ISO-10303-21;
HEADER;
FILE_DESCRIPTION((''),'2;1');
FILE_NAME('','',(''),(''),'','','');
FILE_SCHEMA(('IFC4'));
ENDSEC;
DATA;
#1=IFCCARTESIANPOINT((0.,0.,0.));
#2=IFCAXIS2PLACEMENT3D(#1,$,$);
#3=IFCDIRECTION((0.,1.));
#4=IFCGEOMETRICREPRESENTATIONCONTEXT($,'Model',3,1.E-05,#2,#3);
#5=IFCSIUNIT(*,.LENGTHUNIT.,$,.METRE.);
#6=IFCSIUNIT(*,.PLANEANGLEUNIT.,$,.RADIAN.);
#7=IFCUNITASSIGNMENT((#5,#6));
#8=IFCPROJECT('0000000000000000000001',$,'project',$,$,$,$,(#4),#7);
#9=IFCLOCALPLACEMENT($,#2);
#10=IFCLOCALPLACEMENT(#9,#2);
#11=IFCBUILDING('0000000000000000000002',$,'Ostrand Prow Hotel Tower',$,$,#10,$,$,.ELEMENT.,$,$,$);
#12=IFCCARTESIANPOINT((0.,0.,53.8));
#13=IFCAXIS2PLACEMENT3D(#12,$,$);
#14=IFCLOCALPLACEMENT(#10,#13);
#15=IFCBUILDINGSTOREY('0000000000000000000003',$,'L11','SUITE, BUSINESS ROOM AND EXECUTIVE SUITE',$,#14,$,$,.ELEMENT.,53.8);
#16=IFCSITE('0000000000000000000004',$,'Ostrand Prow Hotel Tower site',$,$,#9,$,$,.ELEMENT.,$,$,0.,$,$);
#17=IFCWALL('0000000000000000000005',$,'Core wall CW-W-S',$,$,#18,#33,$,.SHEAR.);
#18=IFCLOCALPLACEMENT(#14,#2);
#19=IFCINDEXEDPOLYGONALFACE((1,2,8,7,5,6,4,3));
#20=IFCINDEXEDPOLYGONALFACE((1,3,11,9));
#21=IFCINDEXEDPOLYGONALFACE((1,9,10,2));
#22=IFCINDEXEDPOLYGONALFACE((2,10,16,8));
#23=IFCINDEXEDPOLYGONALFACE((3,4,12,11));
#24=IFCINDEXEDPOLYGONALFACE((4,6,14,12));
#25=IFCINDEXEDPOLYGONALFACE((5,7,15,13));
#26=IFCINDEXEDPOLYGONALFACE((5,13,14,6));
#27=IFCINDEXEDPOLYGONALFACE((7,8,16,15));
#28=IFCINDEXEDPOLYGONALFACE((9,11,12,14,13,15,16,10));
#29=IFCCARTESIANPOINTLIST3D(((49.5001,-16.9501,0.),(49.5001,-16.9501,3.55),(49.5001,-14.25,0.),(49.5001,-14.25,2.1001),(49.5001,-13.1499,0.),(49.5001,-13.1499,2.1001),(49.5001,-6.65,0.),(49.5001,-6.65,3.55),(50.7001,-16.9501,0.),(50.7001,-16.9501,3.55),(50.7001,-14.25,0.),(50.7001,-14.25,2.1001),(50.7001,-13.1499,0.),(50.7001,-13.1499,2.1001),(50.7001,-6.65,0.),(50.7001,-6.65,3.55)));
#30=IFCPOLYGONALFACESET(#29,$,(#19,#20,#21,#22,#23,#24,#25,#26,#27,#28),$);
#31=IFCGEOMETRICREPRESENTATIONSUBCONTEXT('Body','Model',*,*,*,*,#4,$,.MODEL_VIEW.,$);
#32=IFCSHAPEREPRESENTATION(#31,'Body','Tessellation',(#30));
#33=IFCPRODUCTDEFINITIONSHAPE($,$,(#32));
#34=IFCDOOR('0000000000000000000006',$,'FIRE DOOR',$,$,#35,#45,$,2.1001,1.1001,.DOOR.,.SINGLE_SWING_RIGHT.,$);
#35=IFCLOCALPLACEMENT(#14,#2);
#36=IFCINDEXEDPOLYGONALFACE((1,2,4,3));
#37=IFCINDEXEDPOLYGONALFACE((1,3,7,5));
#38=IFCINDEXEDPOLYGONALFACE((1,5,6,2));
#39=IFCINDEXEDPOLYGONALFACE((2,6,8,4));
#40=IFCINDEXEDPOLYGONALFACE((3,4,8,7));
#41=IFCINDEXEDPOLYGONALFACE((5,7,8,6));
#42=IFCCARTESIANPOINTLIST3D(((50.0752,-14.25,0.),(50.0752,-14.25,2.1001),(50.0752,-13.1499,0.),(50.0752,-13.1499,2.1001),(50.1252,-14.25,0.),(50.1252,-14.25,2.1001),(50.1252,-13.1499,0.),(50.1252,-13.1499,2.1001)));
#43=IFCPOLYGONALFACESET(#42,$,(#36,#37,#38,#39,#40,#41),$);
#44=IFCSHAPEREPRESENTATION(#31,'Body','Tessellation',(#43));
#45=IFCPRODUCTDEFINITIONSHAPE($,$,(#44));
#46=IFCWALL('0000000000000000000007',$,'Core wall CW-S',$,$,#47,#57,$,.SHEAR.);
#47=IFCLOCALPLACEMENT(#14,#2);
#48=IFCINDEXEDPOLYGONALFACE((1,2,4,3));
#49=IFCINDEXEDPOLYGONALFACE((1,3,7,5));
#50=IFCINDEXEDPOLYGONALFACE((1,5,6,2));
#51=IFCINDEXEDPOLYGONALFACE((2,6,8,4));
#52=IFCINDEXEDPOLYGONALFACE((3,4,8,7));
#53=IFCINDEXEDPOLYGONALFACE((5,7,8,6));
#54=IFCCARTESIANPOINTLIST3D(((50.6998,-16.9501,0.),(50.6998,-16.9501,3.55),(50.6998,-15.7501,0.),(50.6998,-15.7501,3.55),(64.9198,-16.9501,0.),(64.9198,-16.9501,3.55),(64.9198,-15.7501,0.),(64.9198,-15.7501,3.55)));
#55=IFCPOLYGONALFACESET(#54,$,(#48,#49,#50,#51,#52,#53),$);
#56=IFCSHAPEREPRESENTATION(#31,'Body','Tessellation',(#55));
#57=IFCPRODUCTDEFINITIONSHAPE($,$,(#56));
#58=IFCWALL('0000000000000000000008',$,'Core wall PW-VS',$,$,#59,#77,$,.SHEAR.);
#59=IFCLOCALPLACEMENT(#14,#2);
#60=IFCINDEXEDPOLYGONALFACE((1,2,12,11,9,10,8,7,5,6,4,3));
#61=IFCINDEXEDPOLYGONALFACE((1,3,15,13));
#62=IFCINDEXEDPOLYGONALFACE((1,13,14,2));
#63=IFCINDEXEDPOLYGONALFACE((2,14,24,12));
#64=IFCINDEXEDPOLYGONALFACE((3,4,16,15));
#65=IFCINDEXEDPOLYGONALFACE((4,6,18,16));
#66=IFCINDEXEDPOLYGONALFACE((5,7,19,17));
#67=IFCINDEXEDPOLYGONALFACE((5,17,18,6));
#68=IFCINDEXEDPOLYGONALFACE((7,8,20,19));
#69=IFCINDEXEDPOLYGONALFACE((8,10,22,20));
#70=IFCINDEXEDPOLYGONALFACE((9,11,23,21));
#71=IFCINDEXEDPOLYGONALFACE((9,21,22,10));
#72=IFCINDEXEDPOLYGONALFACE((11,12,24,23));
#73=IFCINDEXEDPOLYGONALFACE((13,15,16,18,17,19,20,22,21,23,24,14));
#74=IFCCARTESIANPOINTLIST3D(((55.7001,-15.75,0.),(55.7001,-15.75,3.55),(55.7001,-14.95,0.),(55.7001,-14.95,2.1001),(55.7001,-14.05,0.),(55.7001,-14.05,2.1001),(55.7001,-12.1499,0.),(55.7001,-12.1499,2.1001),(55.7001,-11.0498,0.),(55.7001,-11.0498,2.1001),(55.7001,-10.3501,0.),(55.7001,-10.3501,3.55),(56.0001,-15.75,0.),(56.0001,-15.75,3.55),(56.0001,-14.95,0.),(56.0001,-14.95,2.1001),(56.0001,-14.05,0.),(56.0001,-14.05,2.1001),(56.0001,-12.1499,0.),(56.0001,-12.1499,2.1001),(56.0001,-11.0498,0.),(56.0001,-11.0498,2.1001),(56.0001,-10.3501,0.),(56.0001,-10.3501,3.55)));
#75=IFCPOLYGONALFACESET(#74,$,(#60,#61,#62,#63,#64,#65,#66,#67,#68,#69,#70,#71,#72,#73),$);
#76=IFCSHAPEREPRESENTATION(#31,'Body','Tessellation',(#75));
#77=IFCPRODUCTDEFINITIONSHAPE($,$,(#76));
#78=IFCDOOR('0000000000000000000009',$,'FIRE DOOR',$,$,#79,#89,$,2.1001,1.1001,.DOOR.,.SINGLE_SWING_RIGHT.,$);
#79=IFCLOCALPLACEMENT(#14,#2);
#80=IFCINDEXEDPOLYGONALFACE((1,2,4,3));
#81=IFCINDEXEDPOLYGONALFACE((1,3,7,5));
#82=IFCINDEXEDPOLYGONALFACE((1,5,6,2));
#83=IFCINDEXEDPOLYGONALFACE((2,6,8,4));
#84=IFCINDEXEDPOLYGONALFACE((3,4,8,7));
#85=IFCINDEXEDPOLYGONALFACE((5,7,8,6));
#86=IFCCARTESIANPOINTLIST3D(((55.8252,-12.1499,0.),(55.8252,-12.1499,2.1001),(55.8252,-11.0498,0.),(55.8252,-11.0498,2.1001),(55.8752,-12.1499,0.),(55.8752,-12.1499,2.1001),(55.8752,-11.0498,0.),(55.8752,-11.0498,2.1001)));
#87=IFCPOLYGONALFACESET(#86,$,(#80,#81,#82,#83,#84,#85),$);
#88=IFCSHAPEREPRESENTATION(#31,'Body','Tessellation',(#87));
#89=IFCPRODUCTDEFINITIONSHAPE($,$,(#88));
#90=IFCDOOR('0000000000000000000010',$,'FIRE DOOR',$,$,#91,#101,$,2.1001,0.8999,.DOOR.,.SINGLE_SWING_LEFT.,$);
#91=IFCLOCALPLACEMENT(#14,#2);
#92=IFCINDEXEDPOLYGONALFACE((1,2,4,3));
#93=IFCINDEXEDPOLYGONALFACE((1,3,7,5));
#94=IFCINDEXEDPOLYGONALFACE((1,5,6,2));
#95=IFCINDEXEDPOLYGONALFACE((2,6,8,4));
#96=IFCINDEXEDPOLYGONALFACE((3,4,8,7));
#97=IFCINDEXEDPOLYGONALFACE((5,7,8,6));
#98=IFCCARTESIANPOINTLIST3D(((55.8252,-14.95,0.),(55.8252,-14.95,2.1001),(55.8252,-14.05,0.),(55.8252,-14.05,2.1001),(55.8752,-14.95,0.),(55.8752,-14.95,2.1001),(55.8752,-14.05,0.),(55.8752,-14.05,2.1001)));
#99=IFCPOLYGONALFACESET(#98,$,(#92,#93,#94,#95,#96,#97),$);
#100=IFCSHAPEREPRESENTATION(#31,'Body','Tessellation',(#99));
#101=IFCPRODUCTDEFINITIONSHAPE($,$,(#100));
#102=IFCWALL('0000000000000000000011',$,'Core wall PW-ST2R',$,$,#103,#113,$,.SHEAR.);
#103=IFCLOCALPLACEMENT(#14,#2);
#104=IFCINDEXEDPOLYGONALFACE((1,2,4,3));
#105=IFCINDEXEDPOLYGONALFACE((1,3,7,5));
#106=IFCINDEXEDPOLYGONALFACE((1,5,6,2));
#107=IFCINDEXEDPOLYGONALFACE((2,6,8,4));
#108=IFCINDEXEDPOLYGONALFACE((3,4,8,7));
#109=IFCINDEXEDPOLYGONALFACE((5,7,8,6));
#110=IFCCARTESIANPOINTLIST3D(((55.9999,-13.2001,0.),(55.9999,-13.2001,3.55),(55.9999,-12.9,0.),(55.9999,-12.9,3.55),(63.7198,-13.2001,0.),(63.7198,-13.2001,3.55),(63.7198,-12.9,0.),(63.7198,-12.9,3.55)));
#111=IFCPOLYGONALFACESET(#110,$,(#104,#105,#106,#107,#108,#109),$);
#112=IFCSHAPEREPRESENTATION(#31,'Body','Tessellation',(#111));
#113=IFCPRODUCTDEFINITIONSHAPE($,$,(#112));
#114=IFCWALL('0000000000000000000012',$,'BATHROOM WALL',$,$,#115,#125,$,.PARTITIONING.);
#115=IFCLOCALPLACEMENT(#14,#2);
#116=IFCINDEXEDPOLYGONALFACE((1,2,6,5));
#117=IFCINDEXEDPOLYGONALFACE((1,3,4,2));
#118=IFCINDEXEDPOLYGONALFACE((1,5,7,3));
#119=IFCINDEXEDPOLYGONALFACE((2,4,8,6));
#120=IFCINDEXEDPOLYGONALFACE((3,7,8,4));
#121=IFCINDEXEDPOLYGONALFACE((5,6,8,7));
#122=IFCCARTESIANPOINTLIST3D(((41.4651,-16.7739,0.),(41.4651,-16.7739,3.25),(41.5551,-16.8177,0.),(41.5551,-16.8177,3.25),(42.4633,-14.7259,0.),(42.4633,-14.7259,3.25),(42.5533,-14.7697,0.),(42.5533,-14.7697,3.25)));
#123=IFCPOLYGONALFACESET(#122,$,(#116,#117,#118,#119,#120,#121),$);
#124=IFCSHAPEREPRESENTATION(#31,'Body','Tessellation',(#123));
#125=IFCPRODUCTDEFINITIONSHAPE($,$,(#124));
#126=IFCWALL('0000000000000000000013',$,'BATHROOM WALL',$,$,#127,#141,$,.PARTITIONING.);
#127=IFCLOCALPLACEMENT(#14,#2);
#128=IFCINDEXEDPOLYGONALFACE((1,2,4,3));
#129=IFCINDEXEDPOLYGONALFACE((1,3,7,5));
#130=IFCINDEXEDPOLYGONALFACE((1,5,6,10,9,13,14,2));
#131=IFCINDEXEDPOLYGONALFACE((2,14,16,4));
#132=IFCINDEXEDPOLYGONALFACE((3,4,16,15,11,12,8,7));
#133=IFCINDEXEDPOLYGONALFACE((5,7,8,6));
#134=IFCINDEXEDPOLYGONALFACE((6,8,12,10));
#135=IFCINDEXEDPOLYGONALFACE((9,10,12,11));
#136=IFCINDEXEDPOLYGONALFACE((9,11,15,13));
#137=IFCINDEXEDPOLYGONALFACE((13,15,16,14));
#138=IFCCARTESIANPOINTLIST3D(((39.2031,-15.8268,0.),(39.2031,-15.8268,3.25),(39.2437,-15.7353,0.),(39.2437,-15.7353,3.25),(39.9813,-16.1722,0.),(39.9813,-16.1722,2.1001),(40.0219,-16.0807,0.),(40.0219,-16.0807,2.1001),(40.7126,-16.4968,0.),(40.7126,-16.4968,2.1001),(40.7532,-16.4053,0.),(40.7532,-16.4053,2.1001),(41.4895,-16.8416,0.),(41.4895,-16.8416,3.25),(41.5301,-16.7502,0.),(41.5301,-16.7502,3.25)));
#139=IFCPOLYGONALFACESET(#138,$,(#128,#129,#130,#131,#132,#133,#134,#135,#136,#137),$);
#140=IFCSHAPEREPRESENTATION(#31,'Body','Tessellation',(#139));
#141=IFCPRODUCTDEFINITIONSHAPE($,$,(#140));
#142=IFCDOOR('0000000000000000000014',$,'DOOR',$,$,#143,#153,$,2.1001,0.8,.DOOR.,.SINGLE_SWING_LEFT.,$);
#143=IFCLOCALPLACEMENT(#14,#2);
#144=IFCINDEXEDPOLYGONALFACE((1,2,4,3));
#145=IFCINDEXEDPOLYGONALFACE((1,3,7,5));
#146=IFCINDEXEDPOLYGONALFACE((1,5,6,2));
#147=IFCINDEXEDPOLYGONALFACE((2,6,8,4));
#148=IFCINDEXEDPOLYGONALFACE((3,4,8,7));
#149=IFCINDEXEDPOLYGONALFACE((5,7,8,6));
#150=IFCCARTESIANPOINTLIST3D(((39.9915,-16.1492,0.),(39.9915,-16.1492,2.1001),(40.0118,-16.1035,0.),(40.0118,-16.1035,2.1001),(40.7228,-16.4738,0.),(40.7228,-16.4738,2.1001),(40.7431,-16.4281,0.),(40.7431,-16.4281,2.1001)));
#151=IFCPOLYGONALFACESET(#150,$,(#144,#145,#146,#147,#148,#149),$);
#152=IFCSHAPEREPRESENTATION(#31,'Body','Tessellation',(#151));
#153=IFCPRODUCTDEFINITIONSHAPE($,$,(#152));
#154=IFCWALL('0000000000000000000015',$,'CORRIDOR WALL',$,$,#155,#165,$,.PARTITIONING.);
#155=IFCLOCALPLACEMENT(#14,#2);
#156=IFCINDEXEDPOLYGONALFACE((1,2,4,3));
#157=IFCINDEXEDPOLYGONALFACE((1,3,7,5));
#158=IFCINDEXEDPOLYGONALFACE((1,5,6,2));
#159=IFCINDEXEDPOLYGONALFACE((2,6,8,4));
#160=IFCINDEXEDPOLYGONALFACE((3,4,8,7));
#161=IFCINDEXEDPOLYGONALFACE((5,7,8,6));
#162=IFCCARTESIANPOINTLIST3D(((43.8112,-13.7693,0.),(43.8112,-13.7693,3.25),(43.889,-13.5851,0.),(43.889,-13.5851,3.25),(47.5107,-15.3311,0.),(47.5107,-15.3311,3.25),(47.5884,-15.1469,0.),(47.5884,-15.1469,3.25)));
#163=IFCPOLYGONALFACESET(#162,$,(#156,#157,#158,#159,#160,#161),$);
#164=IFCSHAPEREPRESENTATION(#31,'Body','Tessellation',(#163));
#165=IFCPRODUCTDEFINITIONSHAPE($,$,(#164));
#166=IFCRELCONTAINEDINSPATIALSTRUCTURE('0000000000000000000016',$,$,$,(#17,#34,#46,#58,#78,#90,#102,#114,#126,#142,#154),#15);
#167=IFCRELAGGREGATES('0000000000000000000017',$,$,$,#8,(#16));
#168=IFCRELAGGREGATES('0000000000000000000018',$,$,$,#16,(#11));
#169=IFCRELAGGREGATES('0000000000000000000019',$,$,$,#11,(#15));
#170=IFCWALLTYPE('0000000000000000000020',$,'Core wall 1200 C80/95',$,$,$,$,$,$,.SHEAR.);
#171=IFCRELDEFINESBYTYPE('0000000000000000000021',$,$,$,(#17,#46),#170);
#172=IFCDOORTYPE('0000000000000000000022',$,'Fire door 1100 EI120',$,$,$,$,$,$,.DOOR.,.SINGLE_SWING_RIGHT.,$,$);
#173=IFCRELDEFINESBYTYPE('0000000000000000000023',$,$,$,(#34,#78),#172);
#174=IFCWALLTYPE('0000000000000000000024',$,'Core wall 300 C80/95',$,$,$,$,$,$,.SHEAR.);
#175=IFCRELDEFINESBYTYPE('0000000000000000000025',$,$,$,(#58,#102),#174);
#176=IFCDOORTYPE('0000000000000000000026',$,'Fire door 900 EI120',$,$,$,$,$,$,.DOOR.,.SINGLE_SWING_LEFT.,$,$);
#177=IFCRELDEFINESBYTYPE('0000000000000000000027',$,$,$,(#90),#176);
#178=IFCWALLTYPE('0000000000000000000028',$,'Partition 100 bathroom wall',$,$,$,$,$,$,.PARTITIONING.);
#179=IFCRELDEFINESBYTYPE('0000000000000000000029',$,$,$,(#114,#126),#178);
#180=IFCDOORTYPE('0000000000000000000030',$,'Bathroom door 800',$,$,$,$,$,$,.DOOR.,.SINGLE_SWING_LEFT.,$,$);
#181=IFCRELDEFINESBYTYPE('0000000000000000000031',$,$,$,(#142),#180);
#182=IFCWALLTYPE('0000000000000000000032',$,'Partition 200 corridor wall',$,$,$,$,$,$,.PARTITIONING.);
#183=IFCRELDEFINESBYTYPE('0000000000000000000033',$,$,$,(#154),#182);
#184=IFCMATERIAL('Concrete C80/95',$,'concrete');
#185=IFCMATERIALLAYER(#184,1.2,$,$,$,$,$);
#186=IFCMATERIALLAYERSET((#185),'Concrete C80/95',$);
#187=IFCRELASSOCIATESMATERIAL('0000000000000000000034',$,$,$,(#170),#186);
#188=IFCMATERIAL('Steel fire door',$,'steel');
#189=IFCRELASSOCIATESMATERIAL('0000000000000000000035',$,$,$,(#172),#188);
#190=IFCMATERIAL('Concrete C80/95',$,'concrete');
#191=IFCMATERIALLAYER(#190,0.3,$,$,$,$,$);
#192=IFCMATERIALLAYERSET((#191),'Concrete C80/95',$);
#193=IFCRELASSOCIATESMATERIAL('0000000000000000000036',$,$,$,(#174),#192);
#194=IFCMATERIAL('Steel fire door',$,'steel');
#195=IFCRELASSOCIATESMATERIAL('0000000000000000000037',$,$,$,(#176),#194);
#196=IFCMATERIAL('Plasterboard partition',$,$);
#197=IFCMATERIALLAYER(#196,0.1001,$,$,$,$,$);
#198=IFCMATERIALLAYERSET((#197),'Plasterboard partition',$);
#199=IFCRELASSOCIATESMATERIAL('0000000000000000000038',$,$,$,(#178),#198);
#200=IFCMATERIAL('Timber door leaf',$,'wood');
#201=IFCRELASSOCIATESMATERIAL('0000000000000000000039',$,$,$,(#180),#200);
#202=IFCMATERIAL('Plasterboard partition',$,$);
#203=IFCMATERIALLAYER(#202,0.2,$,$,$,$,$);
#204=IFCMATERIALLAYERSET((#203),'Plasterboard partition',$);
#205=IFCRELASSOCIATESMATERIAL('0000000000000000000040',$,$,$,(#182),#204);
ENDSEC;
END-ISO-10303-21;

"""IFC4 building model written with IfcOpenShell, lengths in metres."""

from ifc_helpers import new_model, si_unit, direction, frame, frame_2d, origin, place, context, subcontext, project, spatial, rectangle, extrude, material, layer, layer_set, type_object, element, fill, save


model = new_model("IFC4")

# Units and contexts
model_context = context("Model", 3, precision=1e-05, world=origin(), true_north=direction((0.0, 1.0)))
body_context = subcontext(model_context, "Body", "Model", "MODEL_VIEW")
ifc_project = project(units=[si_unit("LENGTHUNIT", "METRE"), si_unit("PLANEANGLEUNIT", "RADIAN")], contexts=[model_context])

# Site, building, storey
site_placement = place(None, origin())
site = spatial("IfcSite", under=ifc_project, at=site_placement, Name="Ostrand Prow Hotel Tower site", CompositionType="ELEMENT", RefElevation=0.0)
building_placement = place(site_placement, origin())
building = spatial("IfcBuilding", under=site, at=building_placement, Name="Ostrand Prow Hotel Tower", CompositionType="ELEMENT")
storey_placement = place(building_placement, frame((0.0, 0.0, 53.8)))
storey = spatial("IfcBuildingStorey", under=building, at=storey_placement, Name="L11", Description="SUITE, BUSINESS ROOM AND EXECUTIVE SUITE", CompositionType="ELEMENT", Elevation=53.8)

# Wall, opening, door
ifc_material_1 = material(Name="Concrete C80/95", Category="concrete")
ifc_layer_1 = layer(ifc_material_1, 1.2)
ifc_layer_set_1 = layer_set([ifc_layer_1], Name="Concrete C80/95")
wall_type_1 = type_object("IfcWallType", Name="Core wall 1200 C80/95", PredefinedType="SHEAR", material=ifc_layer_set_1)
wall_1_placement = place(storey_placement, frame((50.1001, -16.95, 0.0), z_axis=(0.0, 0.0, 1.0), x_axis=(0.0, 1.0, 0.0)))
wall_1 = element("IfcWall", 1, at=wall_1_placement, inside=storey, type_object=wall_type_1, Name="Core wall CW-W-S", PredefinedType="SHEAR", context=body_context, shape_type="SweptSolid", body=[
    extrude(rectangle(XDim=10.3, YDim=1.2, at=frame_2d((5.1499, 0.0))), origin(), (0.0, 0.0, 1.0), 3.55),
])
opening_1_placement = place(wall_1_placement, frame((2.7, 0.0, 0.0)))
opening_1 = element("IfcOpeningElement", 2, at=opening_1_placement, cuts=wall_1, PredefinedType="OPENING", context=body_context, shape_type="SweptSolid", body=[
    extrude(rectangle(XDim=1.1001, YDim=2.1001, at=frame_2d((0.55, 1.05))), frame((0.0, 0.6099, 0.0), z_axis=(0.0, -1.0, 0.0), x_axis=(1.0, 0.0, 0.0)), (0.0, 0.0, 1.0), 1.22),
])
ifc_material_2 = material(Name="Steel fire door", Category="steel")
door_type_1 = type_object("IfcDoorType", Name="Fire door 1100 EI120", OperationType="SINGLE_SWING_RIGHT", PredefinedType="DOOR", material=ifc_material_2)
door_1_placement = place(opening_1_placement, origin())
door_1 = element("IfcDoor", 3, at=door_1_placement, inside=storey, type_object=door_type_1, Name="FIRE DOOR", OperationType="SINGLE_SWING_RIGHT", OverallHeight=2.1001, OverallWidth=1.1001, PredefinedType="DOOR", context=body_context, shape_type="SweptSolid", body=[
    extrude(rectangle(XDim=1.1001, YDim=2.1001, at=frame_2d((0.55, 1.05))), frame((0.0, 0.0249, 0.0), z_axis=(0.0, -1.0, 0.0), x_axis=(1.0, 0.0, 0.0)), (0.0, 0.0, 1.0), 0.05),
])
fill(opening_1, door_1)

# Wall
wall_2_placement = place(storey_placement, frame((50.7, -16.3501, 0.0), z_axis=(0.0, 0.0, 1.0), x_axis=(1.0, 0.0, 0.0)))
element("IfcWall", 4, at=wall_2_placement, inside=storey, type_object=wall_type_1, Name="Core wall CW-S", PredefinedType="SHEAR", context=body_context, shape_type="SweptSolid", body=[
    extrude(rectangle(XDim=14.22, YDim=1.2, at=frame_2d((7.1099, 0.0))), origin(), (0.0, 0.0, 1.0), 3.55),
])

# Wall, openings, doors
ifc_material_3 = material(Name="Concrete C80/95", Category="concrete")
ifc_layer_2 = layer(ifc_material_3, 0.3)
ifc_layer_set_2 = layer_set([ifc_layer_2], Name="Concrete C80/95")
wall_type_2 = type_object("IfcWallType", Name="Core wall 300 C80/95", PredefinedType="SHEAR", material=ifc_layer_set_2)
wall_3_placement = place(storey_placement, frame((55.8501, -15.75, 0.0), z_axis=(0.0, 0.0, 1.0), x_axis=(0.0, 1.0, 0.0)))
wall_3 = element("IfcWall", 5, at=wall_3_placement, inside=storey, type_object=wall_type_2, Name="Core wall PW-VS", PredefinedType="SHEAR", context=body_context, shape_type="SweptSolid", body=[
    extrude(rectangle(XDim=5.3999, YDim=0.3, at=frame_2d((2.7, 0.0))), origin(), (0.0, 0.0, 1.0), 3.55),
])
opening_2_placement = place(wall_3_placement, frame((3.6001, 0.0, 0.0)))
opening_2 = element("IfcOpeningElement", 6, at=opening_2_placement, cuts=wall_3, PredefinedType="OPENING", context=body_context, shape_type="SweptSolid", body=[
    extrude(rectangle(XDim=1.1001, YDim=2.1001, at=frame_2d((0.55, 1.05))), frame((0.0, 0.1599, 0.0), z_axis=(0.0, -1.0, 0.0), x_axis=(1.0, 0.0, 0.0)), (0.0, 0.0, 1.0), 0.3201),
])
opening_3_placement = place(wall_3_placement, frame((0.8, 0.0, 0.0)))
opening_3 = element("IfcOpeningElement", 7, at=opening_3_placement, cuts=wall_3, PredefinedType="OPENING", context=body_context, shape_type="SweptSolid", body=[
    extrude(rectangle(XDim=0.8999, YDim=2.1001, at=frame_2d((0.45, 1.05))), frame((0.0, 0.1599, 0.0), z_axis=(0.0, -1.0, 0.0), x_axis=(1.0, 0.0, 0.0)), (0.0, 0.0, 1.0), 0.3201),
])
door_2_placement = place(opening_2_placement, origin())
door_2 = element("IfcDoor", 8, at=door_2_placement, inside=storey, type_object=door_type_1, Name="FIRE DOOR", OperationType="SINGLE_SWING_RIGHT", OverallHeight=2.1001, OverallWidth=1.1001, PredefinedType="DOOR", context=body_context, shape_type="SweptSolid", body=[
    extrude(rectangle(XDim=1.1001, YDim=2.1001, at=frame_2d((0.55, 1.05))), frame((0.0, 0.0249, 0.0), z_axis=(0.0, -1.0, 0.0), x_axis=(1.0, 0.0, 0.0)), (0.0, 0.0, 1.0), 0.05),
])
fill(opening_2, door_2)
ifc_material_4 = material(Name="Steel fire door", Category="steel")
door_type_2 = type_object("IfcDoorType", Name="Fire door 900 EI120", OperationType="SINGLE_SWING_LEFT", PredefinedType="DOOR", material=ifc_material_4)
door_3_placement = place(opening_3_placement, origin())
door_3 = element("IfcDoor", 9, at=door_3_placement, inside=storey, type_object=door_type_2, Name="FIRE DOOR", OperationType="SINGLE_SWING_LEFT", OverallHeight=2.1001, OverallWidth=0.8999, PredefinedType="DOOR", context=body_context, shape_type="SweptSolid", body=[
    extrude(rectangle(XDim=0.8999, YDim=2.1001, at=frame_2d((0.45, 1.05))), frame((0.0, 0.0249, 0.0), z_axis=(0.0, -1.0, 0.0), x_axis=(1.0, 0.0, 0.0)), (0.0, 0.0, 1.0), 0.05),
])
fill(opening_3, door_3)

# Walls
wall_4_placement = place(storey_placement, frame((56.0, -13.05, 0.0), z_axis=(0.0, 0.0, 1.0), x_axis=(1.0, 0.0, 0.0)))
element("IfcWall", 10, at=wall_4_placement, inside=storey, type_object=wall_type_2, Name="Core wall PW-ST2R", PredefinedType="SHEAR", context=body_context, shape_type="SweptSolid", body=[
    extrude(rectangle(XDim=7.72, YDim=0.3, at=frame_2d((3.8599, 0.0))), origin(), (0.0, 0.0, 1.0), 3.55),
])
ifc_material_5 = material(Name="Plasterboard partition")
ifc_layer_3 = layer(ifc_material_5, 0.1001)
ifc_layer_set_3 = layer_set([ifc_layer_3], Name="Plasterboard partition")
wall_type_3 = type_object("IfcWallType", Name="Partition 100 bathroom wall", PredefinedType="PARTITIONING", material=ifc_layer_set_3)
wall_5_placement = place(storey_placement, frame((42.5083, -14.7478, 0.0), z_axis=(0.0, 0.0, 1.0), x_axis=(-0.438147, -0.898903, 0.0)))
element("IfcWall", 11, at=wall_5_placement, inside=storey, type_object=wall_type_3, Name="BATHROOM WALL", PredefinedType="PARTITIONING", context=body_context, shape_type="SweptSolid", body=[
    extrude(rectangle(XDim=2.2783, YDim=0.1001, at=frame_2d((1.1392, 0.0))), origin(), (0.0, 0.0, 1.0), 3.25),
])

# Wall, opening, door
wall_6_placement = place(storey_placement, frame((41.5098, -16.7959, 0.0), z_axis=(0.0, 0.0, 1.0), x_axis=(-0.914001, 0.405713, 0.0)))
wall_6 = element("IfcWall", 12, at=wall_6_placement, inside=storey, type_object=wall_type_3, Name="BATHROOM WALL", PredefinedType="PARTITIONING", context=body_context, shape_type="SweptSolid", body=[
    extrude(rectangle(XDim=2.5015, YDim=0.1001, at=frame_2d((1.2507, 0.0))), origin(), (0.0, 0.0, 1.0), 3.25),
])
opening_4_placement = place(wall_6_placement, frame((0.8501, 0.0, 0.0)))
opening_4 = element("IfcOpeningElement", 13, at=opening_4_placement, cuts=wall_6, PredefinedType="OPENING", context=body_context, shape_type="SweptSolid", body=[
    extrude(rectangle(XDim=0.8, YDim=2.1001, at=frame_2d((0.3999, 1.05))), frame((0.0, 0.0601, 0.0), z_axis=(0.0, -1.0, 0.0), x_axis=(1.0, 0.0, 0.0)), (0.0, 0.0, 1.0), 0.1201),
])
ifc_material_6 = material(Name="Timber door leaf", Category="wood")
door_type_3 = type_object("IfcDoorType", Name="Bathroom door 800", OperationType="SINGLE_SWING_LEFT", PredefinedType="DOOR", material=ifc_material_6)
door_4_placement = place(opening_4_placement, origin())
door_4 = element("IfcDoor", 14, at=door_4_placement, inside=storey, type_object=door_type_3, Name="DOOR", OperationType="SINGLE_SWING_LEFT", OverallHeight=2.1001, OverallWidth=0.8, PredefinedType="DOOR", context=body_context, shape_type="SweptSolid", body=[
    extrude(rectangle(XDim=0.8, YDim=2.1001, at=frame_2d((0.3999, 1.05))), frame((0.0, 0.0249, 0.0), z_axis=(0.0, -1.0, 0.0), x_axis=(1.0, 0.0, 0.0)), (0.0, 0.0, 1.0), 0.05),
])
fill(opening_4, door_4)

# Wall
ifc_material_7 = material(Name="Plasterboard partition")
ifc_layer_4 = layer(ifc_material_7, 0.2)
ifc_layer_set_4 = layer_set([ifc_layer_4], Name="Plasterboard partition")
wall_type_4 = type_object("IfcWallType", Name="Partition 200 corridor wall", PredefinedType="PARTITIONING", material=ifc_layer_set_4)
wall_7_placement = place(storey_placement, frame((47.5496, -15.239, 0.0), z_axis=(0.0, 0.0, 1.0), x_axis=(-0.92127, 0.388924, 0.0)))
element("IfcWall", 15, at=wall_7_placement, inside=storey, type_object=wall_type_4, Name="CORRIDOR WALL", PredefinedType="PARTITIONING", context=body_context, shape_type="SweptSolid", body=[
    extrude(rectangle(XDim=4.0156, YDim=0.2, at=frame_2d((2.0078, 0.0))), origin(), (0.0, 0.0, 1.0), 3.25),
])

save(model, "model.ifc")
